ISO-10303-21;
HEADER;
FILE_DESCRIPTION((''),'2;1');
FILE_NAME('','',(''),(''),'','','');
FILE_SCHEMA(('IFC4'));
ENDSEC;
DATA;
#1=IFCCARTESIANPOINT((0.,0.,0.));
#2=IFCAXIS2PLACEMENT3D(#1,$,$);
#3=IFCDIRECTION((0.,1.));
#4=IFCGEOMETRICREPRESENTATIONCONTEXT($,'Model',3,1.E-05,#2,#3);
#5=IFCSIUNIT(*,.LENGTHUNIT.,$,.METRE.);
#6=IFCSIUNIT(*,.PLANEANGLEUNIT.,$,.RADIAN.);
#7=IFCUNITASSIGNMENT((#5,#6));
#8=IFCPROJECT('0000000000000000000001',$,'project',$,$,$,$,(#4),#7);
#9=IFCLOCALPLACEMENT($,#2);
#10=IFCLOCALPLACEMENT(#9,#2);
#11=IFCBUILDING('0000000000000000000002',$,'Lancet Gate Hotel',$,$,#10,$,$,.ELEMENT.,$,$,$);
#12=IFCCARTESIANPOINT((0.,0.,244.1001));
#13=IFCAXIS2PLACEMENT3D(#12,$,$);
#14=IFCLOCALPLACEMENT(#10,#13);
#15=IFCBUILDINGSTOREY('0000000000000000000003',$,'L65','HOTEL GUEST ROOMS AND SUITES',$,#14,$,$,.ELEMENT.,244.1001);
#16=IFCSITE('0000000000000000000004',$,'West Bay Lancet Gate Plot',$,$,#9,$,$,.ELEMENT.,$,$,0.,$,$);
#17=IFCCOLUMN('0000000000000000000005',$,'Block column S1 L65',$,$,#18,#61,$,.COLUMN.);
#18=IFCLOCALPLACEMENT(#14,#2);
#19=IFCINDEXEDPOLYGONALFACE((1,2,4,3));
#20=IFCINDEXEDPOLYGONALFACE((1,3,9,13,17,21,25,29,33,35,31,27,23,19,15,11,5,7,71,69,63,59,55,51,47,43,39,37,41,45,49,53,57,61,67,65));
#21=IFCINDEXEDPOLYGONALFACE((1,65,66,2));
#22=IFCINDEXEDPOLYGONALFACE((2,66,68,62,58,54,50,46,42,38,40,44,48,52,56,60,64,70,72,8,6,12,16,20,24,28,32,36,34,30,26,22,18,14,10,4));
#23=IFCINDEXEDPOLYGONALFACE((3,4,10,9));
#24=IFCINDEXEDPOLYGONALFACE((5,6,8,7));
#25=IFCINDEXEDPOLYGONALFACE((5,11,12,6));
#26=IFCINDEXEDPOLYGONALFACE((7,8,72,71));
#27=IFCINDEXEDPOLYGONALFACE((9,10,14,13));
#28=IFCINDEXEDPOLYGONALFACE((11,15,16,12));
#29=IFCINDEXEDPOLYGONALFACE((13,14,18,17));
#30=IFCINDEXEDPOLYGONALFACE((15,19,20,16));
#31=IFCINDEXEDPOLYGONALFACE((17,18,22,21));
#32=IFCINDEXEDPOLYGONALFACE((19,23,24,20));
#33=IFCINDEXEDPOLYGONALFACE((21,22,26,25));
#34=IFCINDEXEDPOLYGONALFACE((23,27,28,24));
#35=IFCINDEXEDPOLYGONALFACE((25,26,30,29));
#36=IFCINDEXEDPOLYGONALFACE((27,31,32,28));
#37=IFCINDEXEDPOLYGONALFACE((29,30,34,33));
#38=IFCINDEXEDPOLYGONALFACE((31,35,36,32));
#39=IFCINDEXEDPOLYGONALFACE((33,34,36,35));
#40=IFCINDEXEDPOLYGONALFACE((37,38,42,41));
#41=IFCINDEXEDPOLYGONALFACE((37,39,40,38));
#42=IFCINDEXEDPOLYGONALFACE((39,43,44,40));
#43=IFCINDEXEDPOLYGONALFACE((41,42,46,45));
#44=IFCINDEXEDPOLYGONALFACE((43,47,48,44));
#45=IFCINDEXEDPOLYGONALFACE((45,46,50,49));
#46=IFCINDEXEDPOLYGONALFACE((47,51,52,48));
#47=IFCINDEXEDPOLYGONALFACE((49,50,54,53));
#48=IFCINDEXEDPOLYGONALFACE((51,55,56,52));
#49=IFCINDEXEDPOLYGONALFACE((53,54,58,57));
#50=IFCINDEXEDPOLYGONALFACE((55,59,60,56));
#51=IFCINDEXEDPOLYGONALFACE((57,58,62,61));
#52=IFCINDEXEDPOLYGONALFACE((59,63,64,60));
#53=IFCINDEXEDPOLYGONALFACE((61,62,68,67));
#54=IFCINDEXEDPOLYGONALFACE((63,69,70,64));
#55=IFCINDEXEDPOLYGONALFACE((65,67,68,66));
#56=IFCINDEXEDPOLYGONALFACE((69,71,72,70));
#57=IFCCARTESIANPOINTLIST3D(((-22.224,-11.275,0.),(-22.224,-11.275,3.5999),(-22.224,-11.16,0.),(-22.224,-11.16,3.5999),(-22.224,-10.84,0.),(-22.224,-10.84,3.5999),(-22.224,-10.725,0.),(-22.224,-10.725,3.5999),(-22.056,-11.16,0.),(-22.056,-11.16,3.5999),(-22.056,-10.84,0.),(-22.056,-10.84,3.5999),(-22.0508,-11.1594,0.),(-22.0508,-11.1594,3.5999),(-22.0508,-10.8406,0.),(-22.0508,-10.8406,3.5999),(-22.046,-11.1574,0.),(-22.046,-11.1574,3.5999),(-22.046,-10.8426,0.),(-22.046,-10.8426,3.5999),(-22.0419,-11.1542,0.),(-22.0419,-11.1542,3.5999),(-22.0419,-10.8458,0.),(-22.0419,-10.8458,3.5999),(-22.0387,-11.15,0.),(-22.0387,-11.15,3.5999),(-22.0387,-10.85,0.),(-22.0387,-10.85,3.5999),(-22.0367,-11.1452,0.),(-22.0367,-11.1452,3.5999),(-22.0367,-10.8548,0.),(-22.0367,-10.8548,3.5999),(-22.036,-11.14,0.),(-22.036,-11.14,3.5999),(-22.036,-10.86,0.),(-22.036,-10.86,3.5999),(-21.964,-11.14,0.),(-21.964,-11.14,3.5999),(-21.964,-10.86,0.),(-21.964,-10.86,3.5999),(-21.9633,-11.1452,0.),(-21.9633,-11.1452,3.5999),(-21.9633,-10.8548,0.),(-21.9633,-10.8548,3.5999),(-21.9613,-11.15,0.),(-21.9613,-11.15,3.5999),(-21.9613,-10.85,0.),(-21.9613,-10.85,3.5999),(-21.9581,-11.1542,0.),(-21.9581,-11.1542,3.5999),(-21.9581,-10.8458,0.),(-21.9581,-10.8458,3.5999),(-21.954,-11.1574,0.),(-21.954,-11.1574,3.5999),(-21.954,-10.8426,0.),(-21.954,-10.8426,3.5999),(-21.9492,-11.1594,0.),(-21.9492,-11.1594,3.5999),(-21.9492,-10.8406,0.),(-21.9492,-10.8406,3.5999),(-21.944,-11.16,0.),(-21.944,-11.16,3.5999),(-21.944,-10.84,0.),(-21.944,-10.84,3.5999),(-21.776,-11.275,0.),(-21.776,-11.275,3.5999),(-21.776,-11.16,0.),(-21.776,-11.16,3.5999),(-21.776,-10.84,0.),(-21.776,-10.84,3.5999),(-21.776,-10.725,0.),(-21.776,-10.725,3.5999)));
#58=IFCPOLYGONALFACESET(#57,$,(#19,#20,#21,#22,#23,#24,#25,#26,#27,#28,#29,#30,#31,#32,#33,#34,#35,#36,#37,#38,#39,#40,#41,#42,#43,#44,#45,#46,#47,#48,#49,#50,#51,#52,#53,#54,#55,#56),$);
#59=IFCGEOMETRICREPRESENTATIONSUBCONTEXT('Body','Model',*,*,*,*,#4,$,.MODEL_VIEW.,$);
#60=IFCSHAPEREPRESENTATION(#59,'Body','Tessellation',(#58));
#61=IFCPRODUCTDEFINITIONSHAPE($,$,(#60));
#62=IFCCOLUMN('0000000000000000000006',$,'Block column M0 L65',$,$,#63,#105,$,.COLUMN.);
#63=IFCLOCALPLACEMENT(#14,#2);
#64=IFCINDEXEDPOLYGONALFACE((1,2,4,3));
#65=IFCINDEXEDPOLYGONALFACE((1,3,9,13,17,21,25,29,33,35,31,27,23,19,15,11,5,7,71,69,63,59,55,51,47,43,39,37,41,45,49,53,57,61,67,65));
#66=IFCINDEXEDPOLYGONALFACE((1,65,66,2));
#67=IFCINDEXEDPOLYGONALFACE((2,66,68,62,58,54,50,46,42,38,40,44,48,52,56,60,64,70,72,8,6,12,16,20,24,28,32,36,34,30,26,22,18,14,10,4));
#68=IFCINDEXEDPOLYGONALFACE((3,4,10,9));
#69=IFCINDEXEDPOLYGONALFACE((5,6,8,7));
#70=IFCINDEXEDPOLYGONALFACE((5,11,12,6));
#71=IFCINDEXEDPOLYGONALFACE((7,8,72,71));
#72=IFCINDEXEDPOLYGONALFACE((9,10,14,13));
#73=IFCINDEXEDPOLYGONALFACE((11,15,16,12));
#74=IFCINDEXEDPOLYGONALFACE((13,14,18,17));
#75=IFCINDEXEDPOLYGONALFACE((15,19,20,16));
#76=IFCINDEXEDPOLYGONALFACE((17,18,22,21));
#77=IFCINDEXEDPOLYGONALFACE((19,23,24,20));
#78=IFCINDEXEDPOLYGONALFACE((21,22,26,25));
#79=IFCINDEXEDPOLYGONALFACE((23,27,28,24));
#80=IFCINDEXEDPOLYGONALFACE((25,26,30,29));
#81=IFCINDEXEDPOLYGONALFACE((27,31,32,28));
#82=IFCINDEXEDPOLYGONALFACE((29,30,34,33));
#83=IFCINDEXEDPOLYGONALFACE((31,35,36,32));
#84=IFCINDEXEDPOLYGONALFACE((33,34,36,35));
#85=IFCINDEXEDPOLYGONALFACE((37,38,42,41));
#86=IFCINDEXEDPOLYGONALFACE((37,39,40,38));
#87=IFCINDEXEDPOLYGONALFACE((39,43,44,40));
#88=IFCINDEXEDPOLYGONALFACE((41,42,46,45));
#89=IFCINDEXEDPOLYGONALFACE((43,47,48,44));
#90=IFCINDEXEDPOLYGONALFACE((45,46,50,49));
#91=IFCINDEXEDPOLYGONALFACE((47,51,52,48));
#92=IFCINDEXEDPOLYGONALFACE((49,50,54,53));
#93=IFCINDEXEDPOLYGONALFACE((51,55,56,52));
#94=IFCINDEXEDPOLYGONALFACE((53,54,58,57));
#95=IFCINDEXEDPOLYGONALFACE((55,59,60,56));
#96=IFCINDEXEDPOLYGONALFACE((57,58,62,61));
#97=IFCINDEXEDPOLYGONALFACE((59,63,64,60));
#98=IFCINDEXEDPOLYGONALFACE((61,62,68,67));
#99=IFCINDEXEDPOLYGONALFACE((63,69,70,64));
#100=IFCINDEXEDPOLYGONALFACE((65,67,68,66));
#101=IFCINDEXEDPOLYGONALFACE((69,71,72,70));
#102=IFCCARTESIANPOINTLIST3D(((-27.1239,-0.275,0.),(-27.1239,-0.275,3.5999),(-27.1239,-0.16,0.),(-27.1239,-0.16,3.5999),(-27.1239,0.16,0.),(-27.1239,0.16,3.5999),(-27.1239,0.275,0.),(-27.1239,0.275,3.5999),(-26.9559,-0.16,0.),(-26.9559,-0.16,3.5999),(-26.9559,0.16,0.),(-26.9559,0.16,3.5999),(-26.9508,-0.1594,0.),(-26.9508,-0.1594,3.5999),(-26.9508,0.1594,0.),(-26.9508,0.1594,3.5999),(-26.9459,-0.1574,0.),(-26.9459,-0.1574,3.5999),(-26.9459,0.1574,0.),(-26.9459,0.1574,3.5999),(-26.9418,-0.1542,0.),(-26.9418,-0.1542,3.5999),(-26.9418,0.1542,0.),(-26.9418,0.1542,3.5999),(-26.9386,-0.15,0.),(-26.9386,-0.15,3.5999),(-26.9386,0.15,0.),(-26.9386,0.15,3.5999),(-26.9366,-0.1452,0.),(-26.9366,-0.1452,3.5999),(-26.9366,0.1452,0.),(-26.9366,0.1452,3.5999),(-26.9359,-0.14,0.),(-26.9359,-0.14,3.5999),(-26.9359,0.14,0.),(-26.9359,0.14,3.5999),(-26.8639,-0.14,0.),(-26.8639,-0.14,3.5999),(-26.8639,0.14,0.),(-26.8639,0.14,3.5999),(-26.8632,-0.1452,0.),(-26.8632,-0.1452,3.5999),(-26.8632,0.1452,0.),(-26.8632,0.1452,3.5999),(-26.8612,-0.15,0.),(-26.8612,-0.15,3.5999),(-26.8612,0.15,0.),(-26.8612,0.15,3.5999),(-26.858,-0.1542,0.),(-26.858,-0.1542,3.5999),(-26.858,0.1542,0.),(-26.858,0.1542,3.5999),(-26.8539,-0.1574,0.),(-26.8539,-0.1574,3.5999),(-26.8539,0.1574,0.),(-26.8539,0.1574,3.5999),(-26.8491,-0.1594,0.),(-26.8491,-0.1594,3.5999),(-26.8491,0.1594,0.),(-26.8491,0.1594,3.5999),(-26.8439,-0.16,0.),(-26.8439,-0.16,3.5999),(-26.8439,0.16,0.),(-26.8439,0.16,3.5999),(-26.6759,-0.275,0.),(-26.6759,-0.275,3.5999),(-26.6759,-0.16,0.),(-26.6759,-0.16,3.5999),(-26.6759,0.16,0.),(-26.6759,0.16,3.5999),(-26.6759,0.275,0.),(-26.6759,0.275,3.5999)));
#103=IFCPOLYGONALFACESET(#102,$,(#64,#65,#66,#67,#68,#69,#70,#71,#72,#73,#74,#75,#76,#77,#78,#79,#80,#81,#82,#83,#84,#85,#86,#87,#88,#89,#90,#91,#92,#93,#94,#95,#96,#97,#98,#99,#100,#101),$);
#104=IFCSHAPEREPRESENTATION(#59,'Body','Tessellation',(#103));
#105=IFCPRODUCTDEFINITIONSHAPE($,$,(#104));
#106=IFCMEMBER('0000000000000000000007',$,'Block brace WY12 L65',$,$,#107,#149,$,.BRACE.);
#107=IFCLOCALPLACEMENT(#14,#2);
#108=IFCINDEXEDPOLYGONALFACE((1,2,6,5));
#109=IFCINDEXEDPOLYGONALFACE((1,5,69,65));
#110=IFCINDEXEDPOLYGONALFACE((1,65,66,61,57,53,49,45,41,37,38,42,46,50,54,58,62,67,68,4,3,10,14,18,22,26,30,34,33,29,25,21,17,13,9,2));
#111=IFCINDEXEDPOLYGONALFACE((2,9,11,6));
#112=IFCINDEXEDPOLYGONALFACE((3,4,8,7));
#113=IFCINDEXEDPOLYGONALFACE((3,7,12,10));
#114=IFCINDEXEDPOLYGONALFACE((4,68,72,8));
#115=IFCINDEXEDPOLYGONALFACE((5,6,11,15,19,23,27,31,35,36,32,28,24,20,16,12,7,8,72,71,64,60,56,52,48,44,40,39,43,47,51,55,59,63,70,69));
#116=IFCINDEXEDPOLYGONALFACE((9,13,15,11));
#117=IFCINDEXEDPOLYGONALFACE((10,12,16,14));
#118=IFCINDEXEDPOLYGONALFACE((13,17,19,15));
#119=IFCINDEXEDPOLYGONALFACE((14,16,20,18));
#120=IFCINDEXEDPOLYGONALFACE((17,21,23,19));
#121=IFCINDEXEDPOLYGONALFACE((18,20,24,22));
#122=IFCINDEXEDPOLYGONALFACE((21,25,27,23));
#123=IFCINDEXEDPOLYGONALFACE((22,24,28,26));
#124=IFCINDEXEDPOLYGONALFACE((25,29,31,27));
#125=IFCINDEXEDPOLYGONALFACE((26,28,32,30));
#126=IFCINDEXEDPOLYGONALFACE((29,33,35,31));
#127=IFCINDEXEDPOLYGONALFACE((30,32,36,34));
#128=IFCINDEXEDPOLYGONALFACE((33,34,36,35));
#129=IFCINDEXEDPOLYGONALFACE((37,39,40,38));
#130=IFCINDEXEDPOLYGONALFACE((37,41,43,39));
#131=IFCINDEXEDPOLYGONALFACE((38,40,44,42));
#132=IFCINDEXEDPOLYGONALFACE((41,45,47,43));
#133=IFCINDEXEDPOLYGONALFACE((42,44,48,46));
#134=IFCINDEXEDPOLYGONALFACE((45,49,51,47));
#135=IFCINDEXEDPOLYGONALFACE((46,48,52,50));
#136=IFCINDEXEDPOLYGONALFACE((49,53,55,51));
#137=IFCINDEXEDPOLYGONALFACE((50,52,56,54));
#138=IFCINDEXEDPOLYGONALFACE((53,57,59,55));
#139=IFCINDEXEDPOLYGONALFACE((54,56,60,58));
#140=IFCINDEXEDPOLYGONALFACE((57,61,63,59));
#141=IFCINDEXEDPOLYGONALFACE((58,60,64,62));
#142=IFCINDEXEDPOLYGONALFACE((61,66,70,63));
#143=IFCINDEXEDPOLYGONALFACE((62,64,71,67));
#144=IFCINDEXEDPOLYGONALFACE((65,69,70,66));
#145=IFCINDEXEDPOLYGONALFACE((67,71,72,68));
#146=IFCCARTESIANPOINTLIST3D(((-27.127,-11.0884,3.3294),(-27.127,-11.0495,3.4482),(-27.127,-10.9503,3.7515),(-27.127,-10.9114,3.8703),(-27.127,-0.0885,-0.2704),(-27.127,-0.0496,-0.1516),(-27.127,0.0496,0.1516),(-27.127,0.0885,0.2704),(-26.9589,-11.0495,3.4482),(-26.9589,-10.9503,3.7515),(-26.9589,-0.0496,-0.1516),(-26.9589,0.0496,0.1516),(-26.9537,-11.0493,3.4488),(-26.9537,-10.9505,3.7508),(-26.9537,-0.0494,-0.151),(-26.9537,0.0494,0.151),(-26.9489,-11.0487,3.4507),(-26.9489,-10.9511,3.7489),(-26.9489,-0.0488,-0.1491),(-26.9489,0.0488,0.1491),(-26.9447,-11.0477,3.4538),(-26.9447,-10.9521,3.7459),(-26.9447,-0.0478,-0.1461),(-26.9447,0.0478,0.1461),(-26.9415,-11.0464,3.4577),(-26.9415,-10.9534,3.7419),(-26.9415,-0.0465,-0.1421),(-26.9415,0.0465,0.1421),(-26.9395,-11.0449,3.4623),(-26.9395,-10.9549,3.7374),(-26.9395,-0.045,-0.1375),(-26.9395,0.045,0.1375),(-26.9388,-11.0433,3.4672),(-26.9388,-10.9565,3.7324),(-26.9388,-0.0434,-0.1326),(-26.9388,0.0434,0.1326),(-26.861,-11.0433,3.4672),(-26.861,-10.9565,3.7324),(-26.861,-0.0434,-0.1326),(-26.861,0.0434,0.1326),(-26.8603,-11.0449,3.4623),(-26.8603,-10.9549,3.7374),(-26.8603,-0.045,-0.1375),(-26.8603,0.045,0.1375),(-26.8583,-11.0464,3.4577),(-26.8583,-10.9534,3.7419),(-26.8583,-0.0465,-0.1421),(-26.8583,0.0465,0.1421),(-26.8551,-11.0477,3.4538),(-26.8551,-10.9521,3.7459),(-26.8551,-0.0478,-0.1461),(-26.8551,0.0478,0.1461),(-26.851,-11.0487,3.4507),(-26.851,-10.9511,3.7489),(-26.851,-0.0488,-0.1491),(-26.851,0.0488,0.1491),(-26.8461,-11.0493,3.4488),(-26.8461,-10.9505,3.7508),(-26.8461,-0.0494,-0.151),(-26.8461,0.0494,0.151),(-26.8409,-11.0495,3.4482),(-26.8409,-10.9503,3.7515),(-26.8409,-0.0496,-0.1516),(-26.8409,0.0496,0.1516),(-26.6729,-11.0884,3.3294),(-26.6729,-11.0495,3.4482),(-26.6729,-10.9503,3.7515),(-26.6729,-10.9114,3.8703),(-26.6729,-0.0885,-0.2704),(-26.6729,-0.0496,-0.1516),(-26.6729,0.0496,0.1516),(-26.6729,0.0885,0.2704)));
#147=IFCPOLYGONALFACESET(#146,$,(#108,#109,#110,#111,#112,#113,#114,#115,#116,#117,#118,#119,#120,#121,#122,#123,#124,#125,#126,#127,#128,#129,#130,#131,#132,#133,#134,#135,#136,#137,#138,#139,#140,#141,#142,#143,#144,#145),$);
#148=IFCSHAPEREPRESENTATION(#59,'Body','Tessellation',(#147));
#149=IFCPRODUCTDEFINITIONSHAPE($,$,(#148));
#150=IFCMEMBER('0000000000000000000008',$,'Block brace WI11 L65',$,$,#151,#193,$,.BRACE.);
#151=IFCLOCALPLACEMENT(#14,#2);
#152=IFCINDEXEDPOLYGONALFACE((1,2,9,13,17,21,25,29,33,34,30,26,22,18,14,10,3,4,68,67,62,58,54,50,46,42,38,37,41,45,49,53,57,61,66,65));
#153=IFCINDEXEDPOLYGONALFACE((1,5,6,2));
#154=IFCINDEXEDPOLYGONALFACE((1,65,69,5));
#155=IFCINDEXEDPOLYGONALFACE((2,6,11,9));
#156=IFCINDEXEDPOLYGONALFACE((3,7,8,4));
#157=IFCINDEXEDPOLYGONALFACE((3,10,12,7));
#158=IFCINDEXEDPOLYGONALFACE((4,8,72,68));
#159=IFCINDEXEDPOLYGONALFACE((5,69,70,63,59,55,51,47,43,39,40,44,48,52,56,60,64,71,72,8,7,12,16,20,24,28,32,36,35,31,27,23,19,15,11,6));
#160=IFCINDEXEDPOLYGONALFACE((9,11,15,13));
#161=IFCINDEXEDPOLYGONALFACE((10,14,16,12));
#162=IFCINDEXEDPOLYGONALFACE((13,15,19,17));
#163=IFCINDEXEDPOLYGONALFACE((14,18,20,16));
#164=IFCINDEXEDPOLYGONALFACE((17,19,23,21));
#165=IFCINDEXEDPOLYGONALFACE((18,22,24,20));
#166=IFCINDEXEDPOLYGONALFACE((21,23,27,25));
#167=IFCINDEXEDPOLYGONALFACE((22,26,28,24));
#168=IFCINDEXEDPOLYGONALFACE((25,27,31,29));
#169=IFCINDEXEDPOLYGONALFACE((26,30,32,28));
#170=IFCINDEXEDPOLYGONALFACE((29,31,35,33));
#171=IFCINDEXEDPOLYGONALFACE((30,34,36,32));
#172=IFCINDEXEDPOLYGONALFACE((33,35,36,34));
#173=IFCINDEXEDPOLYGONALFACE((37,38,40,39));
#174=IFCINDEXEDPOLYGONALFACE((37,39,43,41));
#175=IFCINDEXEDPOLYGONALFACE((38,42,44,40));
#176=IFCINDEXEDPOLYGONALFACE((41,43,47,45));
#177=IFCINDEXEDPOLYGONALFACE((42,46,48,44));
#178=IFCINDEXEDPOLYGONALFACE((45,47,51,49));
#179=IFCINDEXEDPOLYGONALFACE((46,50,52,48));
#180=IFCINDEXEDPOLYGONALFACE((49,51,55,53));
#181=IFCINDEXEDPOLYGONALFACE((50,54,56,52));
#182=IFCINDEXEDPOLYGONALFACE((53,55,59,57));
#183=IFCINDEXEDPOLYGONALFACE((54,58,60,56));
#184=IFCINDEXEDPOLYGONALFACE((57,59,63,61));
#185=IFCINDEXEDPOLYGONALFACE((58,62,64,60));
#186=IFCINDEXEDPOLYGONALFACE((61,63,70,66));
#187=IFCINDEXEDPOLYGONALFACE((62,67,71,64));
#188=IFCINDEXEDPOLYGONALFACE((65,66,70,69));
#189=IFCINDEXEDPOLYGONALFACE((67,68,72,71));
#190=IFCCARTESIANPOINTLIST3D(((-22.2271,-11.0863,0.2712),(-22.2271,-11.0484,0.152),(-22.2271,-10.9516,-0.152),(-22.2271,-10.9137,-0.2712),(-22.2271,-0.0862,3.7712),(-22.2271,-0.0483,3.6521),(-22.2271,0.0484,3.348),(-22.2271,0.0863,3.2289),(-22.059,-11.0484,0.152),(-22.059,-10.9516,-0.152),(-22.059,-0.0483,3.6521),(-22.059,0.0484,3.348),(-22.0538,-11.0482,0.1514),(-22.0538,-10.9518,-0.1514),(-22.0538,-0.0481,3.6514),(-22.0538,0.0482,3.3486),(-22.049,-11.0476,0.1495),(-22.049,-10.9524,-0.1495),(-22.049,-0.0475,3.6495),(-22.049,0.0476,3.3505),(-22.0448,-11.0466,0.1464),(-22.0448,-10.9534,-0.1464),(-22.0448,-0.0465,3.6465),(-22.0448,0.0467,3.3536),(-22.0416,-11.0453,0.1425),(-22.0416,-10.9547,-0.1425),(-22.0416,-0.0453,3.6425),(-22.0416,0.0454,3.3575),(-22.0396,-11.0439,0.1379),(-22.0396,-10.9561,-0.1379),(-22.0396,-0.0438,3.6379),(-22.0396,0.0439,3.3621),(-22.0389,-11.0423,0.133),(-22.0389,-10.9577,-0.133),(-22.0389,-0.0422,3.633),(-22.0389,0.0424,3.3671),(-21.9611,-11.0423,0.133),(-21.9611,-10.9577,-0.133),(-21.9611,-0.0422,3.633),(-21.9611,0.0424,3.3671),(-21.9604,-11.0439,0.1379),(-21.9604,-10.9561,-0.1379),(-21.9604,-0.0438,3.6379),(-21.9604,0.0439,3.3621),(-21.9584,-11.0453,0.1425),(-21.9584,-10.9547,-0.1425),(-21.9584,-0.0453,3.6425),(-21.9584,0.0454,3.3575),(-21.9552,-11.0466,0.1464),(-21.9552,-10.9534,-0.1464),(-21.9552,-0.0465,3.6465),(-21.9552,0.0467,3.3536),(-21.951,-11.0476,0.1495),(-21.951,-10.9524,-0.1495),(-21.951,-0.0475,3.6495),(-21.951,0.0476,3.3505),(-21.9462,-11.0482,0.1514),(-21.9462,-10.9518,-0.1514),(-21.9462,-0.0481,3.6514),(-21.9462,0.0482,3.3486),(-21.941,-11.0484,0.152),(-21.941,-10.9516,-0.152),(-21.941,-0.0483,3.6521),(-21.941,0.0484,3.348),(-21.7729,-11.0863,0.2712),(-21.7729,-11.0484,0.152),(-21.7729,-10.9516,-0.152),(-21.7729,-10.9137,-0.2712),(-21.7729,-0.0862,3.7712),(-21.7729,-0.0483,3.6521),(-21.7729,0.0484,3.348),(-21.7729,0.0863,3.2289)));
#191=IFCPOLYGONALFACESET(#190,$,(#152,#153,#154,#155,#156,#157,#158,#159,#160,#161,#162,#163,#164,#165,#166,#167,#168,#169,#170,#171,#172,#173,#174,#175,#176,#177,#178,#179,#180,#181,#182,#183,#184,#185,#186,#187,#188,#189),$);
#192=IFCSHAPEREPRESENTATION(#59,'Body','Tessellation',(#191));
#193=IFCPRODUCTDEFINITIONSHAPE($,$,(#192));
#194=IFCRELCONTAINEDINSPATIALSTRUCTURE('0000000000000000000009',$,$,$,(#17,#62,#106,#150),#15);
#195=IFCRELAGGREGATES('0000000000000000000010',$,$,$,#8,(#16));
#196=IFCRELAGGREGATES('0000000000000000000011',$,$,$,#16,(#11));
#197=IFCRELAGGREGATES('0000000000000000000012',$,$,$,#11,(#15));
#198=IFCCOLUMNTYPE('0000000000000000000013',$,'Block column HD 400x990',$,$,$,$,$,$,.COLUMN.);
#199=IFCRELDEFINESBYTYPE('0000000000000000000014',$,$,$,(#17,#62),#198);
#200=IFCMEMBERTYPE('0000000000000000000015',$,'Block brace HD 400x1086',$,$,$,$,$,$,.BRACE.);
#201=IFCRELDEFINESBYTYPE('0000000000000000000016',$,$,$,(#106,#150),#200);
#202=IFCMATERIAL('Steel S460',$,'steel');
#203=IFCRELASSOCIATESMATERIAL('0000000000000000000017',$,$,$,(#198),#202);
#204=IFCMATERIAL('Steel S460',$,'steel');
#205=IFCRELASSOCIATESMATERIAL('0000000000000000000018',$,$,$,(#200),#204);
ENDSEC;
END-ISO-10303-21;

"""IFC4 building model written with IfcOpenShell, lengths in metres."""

from ifc_helpers import new_model, si_unit, direction, frame, origin, origin_2d, place, context, subcontext, project, spatial, i_section, extrude, material, material_profile, profile_set, type_object, element, save


model = new_model("IFC4")

# Units and contexts
model_context = context("Model", 3, precision=1e-05, world=origin(), true_north=direction((0.0, 1.0)))
body_context = subcontext(model_context, "Body", "Model", "MODEL_VIEW")
ifc_project = project(units=[si_unit("LENGTHUNIT", "METRE"), si_unit("PLANEANGLEUNIT", "RADIAN")], contexts=[model_context])

# Site, building, storey
site_placement = place(None, origin())
site = spatial("IfcSite", under=ifc_project, at=site_placement, Name="West Bay Lancet Gate Plot", CompositionType="ELEMENT", RefElevation=0.0)
building_placement = place(site_placement, origin())
building = spatial("IfcBuilding", under=site, at=building_placement, Name="Lancet Gate Hotel", CompositionType="ELEMENT")
storey_placement = place(building_placement, frame((0.0, 0.0, 244.1001)))
storey = spatial("IfcBuildingStorey", under=building, at=storey_placement, Name="L65", Description="HOTEL GUEST ROOMS AND SUITES", CompositionType="ELEMENT", Elevation=244.1001)

# Columns
ifc_material_1 = material(Name="Steel S460", Category="steel")
ifc_material_profile_1 = material_profile(ifc_material_1, i_section(OverallWidth=0.448, OverallDepth=0.55, WebThickness=0.072, FlangeThickness=0.115, FilletRadius=0.02, at=origin_2d()), Name="HD 400x990")
ifc_profile_set_1 = profile_set([ifc_material_profile_1], Name="Steel S460")
column_type = type_object("IfcColumnType", Name="Block column HD 400x990", PredefinedType="COLUMN", material=ifc_profile_set_1)
for number, where, z_axis, x_axis, name in (
    (1, (-22.0, -11.0, 0.0), (0.0, 0.0, 1.0), (1.0, 0.0, 0.0), "Block column S1 L65"),
    (2, (-26.8999, 0.0, 0.0), (0.0, 0.0, 1.0), (1.0, 0.0, 0.0), "Block column M0 L65"),
):
    element("IfcColumn", number, at=place(storey_placement, frame(where, z_axis=z_axis, x_axis=x_axis)), inside=storey, type_object=column_type, Name=name, PredefinedType="COLUMN", context=body_context, shape_type="SweptSolid", body=[
        extrude(i_section(OverallWidth=0.448, OverallDepth=0.55, WebThickness=0.072, FlangeThickness=0.115, FilletRadius=0.02, at=origin_2d()), origin(), (0.0, 0.0, 1.0), 3.5999),
    ])

# Members
ifc_material_2 = material(Name="Steel S460", Category="steel")
ifc_material_profile_2 = material_profile(ifc_material_2, i_section(OverallWidth=0.4541, OverallDepth=0.5691, WebThickness=0.0779, FlangeThickness=0.125, FilletRadius=0.02, at=origin_2d()), Name="HD 400x1086")
ifc_profile_set_2 = profile_set([ifc_material_profile_2], Name="Steel S460")
member_type = type_object("IfcMemberType", Name="Block brace HD 400x1086", PredefinedType="BRACE", material=ifc_profile_set_2)
member_1_placement = place(storey_placement, frame((-26.8999, 0.0, 0.0), z_axis=(0.0, -0.950401, 0.311028), x_axis=(1.0, 0.0, 0.0)))
element("IfcMember", 3, at=member_1_placement, inside=storey, type_object=member_type, Name="Block brace WY12 L65", PredefinedType="BRACE", context=body_context, shape_type="SweptSolid", body=[
    extrude(i_section(OverallWidth=0.4541, OverallDepth=0.5691, WebThickness=0.0779, FlangeThickness=0.125, FilletRadius=0.02, at=origin_2d()), origin(), (0.0, 0.0, 1.0), 11.574),
])
member_2_placement = place(storey_placement, frame((-22.0, -11.0, 0.0), z_axis=(0.0, 0.952926, 0.303204), x_axis=(-1.0, 0.0, 0.0)))
element("IfcMember", 4, at=member_2_placement, inside=storey, type_object=member_type, Name="Block brace WI11 L65", PredefinedType="BRACE", context=body_context, shape_type="SweptSolid", body=[
    extrude(i_section(OverallWidth=0.4541, OverallDepth=0.5691, WebThickness=0.0779, FlangeThickness=0.125, FilletRadius=0.02, at=origin_2d()), origin(), (0.0, 0.0, 1.0), 11.5435),
])

save(model, "model.ifc")
